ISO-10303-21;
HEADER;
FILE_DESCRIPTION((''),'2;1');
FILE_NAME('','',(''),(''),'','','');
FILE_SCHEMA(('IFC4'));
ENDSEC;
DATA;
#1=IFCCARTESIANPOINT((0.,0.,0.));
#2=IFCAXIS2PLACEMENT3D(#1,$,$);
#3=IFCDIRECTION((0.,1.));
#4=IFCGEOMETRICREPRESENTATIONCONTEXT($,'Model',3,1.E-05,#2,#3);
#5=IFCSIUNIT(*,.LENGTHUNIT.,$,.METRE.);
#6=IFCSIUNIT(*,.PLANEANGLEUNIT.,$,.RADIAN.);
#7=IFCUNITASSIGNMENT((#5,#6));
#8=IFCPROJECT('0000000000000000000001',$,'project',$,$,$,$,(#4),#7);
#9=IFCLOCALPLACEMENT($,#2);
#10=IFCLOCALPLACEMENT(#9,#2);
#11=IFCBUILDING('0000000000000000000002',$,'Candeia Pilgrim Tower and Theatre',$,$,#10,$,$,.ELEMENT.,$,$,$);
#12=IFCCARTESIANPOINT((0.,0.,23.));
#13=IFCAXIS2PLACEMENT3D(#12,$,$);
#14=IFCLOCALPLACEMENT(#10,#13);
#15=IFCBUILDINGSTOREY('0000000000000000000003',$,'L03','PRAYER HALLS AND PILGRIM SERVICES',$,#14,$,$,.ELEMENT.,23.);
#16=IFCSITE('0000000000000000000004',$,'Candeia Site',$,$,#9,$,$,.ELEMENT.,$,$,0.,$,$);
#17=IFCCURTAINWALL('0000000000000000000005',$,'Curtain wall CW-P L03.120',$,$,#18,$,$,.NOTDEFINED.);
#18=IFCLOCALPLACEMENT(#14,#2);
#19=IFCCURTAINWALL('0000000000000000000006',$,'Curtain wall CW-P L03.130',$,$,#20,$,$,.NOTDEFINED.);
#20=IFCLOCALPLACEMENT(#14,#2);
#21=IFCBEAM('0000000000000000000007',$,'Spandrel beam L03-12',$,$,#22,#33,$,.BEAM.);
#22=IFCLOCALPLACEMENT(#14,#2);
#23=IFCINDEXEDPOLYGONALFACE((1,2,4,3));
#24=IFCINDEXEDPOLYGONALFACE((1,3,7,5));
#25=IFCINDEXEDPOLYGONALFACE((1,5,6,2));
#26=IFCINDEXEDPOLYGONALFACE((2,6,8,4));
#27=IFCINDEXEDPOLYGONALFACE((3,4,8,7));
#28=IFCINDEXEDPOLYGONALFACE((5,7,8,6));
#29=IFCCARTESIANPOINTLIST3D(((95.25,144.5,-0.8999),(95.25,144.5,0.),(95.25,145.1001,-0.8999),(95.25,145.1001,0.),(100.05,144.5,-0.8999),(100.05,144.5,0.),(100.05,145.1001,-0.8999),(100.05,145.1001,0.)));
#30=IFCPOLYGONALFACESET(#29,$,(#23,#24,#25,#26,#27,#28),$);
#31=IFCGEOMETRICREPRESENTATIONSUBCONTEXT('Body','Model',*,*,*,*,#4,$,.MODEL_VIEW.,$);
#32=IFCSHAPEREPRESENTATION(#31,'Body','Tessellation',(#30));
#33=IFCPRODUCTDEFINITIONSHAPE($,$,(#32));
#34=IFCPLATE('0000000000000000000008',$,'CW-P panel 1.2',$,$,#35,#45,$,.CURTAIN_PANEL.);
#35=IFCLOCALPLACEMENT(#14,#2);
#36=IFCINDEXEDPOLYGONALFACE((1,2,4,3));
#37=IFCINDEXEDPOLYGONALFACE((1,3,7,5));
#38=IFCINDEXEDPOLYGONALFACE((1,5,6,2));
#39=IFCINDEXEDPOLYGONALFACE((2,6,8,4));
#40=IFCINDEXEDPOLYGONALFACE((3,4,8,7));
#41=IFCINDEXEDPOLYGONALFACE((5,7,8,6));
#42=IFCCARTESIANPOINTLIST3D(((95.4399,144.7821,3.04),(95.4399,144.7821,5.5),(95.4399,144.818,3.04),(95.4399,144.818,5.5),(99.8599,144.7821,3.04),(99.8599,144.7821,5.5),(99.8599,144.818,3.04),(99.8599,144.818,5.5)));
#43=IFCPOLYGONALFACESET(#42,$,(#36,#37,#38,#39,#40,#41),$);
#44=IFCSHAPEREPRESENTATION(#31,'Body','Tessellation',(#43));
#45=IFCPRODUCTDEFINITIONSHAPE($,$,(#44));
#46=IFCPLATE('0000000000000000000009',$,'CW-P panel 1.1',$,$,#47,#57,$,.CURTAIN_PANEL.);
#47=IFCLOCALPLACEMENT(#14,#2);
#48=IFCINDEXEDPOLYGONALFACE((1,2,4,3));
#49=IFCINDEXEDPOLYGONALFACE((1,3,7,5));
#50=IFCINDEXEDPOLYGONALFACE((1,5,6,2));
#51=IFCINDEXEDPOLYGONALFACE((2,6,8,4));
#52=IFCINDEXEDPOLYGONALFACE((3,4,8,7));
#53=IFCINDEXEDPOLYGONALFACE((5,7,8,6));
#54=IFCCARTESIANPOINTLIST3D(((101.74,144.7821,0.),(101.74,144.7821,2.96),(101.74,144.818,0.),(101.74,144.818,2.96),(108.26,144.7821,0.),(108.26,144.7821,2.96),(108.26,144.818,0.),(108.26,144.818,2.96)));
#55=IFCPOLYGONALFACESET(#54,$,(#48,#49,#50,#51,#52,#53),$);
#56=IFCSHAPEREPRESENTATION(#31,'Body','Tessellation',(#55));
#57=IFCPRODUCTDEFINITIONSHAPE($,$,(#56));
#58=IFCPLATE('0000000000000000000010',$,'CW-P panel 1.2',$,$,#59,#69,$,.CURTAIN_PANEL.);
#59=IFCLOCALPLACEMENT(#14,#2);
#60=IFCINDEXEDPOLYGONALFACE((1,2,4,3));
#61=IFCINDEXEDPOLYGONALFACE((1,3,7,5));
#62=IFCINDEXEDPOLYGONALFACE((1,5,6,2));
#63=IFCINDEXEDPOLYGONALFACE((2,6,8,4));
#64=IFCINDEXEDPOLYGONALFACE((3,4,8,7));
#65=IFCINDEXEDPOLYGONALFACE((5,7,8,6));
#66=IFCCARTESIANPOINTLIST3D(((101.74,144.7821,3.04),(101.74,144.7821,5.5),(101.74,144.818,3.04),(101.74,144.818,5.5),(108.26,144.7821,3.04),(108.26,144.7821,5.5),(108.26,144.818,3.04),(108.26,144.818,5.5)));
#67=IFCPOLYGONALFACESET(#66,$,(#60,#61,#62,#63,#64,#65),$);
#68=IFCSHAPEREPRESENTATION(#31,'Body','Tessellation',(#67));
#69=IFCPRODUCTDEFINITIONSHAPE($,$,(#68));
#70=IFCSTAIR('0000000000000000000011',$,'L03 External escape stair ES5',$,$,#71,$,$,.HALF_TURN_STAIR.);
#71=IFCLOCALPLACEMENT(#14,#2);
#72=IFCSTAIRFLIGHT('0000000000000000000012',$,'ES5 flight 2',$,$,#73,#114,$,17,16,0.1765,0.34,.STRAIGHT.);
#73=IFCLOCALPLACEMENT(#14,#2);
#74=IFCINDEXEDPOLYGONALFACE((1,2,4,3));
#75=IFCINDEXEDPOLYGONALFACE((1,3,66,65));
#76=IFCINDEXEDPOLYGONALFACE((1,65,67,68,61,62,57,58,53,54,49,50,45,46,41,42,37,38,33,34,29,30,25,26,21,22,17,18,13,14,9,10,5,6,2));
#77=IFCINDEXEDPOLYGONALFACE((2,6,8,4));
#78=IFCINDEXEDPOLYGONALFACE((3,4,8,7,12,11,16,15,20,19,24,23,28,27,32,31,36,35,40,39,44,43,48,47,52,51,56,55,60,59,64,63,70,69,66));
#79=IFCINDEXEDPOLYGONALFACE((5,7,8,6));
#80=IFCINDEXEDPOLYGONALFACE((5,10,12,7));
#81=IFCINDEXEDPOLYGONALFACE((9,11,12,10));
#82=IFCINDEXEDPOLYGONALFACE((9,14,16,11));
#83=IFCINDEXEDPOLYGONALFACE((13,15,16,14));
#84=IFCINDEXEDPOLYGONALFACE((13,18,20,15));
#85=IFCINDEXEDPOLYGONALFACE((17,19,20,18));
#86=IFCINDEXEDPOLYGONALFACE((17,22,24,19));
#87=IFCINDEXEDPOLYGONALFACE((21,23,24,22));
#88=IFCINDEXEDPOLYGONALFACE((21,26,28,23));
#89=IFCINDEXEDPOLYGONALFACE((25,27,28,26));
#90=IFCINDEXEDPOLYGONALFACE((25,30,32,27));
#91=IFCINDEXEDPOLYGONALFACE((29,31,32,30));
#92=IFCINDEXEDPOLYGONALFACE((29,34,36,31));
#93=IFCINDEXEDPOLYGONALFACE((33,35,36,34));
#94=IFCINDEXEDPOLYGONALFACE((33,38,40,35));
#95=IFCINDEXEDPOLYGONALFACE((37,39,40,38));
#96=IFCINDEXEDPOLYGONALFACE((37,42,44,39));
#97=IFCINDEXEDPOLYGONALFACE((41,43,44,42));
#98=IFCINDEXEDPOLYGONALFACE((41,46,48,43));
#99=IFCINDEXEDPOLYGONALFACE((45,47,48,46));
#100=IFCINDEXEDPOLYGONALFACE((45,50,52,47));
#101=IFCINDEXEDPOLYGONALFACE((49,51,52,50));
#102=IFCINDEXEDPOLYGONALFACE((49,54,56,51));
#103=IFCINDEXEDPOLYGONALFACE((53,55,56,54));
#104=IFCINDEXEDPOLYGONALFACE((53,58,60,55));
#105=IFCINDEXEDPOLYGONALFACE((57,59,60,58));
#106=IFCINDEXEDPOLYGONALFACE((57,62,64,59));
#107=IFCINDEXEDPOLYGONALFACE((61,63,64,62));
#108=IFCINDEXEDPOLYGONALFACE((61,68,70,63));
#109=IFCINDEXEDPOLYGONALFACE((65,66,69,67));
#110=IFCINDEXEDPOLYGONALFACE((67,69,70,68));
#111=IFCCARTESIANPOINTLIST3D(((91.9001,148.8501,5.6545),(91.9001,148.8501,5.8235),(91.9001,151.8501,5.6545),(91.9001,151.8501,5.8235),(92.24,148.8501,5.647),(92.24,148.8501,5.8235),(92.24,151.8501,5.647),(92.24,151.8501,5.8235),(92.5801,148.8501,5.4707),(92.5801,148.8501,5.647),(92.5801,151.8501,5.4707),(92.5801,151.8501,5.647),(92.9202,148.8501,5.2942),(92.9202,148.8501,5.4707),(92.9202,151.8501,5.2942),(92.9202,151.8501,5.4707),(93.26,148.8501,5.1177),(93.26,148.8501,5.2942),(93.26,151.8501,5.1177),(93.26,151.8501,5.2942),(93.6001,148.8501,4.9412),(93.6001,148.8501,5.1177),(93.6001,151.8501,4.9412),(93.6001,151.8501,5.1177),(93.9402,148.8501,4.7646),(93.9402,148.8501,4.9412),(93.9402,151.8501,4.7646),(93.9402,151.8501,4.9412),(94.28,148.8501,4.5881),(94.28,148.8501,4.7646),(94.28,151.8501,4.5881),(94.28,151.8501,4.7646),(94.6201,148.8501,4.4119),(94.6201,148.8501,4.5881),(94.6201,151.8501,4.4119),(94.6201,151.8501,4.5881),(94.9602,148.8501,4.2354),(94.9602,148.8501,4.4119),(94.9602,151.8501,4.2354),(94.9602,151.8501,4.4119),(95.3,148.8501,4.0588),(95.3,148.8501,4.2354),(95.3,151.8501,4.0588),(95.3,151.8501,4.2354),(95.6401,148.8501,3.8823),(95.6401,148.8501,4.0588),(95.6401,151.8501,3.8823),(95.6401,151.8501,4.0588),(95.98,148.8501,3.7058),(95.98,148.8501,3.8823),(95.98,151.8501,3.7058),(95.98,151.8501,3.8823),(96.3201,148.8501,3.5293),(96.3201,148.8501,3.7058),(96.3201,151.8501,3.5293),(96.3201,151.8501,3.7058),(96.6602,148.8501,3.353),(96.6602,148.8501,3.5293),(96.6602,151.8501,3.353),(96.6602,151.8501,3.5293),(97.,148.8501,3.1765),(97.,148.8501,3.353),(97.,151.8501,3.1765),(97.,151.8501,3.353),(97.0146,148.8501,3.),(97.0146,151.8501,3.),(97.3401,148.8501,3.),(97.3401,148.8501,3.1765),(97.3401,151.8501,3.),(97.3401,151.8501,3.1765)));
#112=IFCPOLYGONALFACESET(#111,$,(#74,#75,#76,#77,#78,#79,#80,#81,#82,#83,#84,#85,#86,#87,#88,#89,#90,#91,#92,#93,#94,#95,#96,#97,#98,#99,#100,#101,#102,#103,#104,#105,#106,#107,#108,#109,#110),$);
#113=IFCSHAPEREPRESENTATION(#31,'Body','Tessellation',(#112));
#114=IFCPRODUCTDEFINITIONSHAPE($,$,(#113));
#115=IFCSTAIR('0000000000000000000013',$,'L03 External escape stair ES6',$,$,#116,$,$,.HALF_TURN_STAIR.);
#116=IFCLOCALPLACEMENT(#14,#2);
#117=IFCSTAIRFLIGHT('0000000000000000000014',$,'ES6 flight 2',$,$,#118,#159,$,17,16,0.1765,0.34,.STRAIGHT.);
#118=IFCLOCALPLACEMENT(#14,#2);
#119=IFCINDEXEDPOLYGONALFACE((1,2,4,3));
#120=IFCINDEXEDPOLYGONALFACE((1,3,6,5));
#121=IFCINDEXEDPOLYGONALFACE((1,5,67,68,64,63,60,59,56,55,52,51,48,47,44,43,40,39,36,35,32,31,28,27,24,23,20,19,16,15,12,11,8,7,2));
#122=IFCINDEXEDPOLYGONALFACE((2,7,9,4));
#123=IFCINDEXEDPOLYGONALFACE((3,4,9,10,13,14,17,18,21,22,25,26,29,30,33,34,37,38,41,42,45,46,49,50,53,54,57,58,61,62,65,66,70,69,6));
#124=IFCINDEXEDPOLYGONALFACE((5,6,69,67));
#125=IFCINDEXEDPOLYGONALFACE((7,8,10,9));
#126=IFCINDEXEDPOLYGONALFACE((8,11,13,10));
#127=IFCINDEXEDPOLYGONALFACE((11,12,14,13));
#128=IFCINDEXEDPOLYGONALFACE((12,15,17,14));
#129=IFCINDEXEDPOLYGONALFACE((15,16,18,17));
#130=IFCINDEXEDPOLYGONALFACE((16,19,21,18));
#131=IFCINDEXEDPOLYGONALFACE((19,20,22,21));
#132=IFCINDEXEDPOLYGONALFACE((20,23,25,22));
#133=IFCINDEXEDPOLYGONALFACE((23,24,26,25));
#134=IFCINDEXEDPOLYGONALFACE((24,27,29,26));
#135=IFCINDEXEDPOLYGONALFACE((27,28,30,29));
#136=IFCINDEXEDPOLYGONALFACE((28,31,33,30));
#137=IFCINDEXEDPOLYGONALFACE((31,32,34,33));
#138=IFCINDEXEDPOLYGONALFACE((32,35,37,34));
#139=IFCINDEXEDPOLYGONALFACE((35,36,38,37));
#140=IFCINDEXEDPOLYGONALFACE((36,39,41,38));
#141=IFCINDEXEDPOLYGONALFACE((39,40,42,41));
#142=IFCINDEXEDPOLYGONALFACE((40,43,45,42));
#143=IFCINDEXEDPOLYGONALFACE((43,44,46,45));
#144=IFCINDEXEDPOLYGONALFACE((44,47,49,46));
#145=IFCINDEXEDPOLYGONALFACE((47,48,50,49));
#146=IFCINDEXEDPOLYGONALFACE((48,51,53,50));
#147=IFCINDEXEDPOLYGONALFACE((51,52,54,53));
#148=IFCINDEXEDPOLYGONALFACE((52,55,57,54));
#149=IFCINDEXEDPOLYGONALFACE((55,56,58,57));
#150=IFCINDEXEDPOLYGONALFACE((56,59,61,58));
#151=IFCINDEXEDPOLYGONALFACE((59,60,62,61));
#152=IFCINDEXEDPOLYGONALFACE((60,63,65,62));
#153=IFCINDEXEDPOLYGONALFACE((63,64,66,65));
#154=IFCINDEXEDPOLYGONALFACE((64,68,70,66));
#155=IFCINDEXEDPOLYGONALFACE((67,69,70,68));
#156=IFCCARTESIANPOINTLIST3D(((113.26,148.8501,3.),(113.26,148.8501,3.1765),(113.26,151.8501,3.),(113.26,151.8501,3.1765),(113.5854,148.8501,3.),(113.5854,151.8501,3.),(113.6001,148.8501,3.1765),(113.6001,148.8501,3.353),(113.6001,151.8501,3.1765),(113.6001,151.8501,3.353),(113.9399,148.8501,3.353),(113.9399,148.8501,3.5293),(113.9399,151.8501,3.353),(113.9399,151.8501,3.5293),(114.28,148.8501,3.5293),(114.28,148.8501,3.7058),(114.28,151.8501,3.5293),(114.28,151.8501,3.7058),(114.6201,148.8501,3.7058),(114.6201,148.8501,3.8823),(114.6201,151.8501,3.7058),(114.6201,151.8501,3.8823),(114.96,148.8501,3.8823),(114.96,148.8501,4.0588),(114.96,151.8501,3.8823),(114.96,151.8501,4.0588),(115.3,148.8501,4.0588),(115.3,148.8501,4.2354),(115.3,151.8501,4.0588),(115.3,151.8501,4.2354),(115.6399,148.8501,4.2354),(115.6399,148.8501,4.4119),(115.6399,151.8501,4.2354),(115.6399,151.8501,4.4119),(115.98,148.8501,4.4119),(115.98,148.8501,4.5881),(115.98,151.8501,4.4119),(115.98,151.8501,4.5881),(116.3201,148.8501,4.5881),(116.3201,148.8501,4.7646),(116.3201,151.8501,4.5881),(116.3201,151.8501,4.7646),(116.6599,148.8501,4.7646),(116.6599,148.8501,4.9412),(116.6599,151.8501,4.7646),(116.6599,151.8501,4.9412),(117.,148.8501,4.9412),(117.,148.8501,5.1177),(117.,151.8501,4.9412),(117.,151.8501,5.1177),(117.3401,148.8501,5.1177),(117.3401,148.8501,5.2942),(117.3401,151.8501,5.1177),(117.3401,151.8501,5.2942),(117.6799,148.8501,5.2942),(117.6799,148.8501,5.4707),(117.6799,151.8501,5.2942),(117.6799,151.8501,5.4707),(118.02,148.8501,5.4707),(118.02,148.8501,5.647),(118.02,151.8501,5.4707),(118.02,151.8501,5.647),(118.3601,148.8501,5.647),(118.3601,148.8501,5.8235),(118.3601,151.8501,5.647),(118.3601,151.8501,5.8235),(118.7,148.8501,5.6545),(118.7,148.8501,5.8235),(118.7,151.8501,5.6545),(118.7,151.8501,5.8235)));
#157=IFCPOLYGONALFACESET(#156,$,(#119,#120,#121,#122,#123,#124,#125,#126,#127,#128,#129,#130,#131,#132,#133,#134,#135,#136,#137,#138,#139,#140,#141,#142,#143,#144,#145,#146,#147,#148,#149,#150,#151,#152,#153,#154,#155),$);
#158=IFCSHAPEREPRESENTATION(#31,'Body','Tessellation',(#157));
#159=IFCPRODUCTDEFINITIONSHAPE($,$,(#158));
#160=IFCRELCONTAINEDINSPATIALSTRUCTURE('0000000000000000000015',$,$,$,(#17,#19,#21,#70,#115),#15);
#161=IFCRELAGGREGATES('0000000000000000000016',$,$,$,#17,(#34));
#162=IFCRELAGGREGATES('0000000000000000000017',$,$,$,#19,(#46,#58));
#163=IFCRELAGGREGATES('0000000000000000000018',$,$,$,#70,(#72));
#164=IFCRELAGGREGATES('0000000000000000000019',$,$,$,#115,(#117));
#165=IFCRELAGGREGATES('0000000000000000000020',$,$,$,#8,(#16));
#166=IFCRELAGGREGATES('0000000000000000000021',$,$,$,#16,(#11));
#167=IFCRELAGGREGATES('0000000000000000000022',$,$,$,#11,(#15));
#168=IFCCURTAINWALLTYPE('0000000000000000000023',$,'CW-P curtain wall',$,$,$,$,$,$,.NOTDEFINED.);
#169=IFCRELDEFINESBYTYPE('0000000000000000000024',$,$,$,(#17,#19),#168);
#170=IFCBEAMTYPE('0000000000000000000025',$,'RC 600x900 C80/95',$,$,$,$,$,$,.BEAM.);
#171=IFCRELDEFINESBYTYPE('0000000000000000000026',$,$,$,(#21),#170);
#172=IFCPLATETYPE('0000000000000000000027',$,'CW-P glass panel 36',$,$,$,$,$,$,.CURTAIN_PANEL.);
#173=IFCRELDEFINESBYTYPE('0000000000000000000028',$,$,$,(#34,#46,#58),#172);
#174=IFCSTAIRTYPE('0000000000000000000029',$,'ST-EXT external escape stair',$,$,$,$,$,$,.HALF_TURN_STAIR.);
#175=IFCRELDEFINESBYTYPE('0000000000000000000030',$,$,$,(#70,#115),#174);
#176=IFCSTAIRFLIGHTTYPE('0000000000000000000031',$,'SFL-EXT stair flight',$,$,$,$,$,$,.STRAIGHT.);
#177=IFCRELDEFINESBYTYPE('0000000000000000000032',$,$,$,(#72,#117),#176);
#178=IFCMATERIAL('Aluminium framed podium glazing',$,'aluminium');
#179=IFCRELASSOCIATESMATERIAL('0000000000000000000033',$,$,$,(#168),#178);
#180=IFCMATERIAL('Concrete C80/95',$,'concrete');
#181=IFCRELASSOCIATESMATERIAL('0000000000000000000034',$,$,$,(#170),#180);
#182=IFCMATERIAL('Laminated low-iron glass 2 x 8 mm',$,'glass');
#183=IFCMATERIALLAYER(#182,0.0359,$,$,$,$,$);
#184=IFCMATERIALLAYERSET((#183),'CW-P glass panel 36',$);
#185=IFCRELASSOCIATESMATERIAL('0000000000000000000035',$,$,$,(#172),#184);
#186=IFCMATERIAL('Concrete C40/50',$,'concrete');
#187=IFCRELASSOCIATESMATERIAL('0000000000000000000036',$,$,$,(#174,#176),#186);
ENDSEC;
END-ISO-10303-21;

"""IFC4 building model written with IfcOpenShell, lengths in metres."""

from ifc_helpers import new_model, si_unit, direction, frame, origin, origin_2d, place, context, subcontext, project, spatial, polyline, rectangle, outline, extrude, material, layer, layer_set, material_profile, profile_set, type_object, element, aggregate, save


model = new_model("IFC4")

# Units and contexts
model_context = context("Model", 3, precision=1e-05, world=origin(), true_north=direction((0.0, 1.0)))
body_context = subcontext(model_context, "Body", "Model", "MODEL_VIEW")
ifc_project = project(units=[si_unit("LENGTHUNIT", "METRE"), si_unit("PLANEANGLEUNIT", "RADIAN")], contexts=[model_context])

# Site, building, storey
site_placement = place(None, origin())
site = spatial("IfcSite", under=ifc_project, at=site_placement, Name="Candeia Site", CompositionType="ELEMENT", RefElevation=0.0)
building_placement = place(site_placement, origin())
building = spatial("IfcBuilding", under=site, at=building_placement, Name="Candeia Pilgrim Tower and Theatre", CompositionType="ELEMENT")
storey_placement = place(building_placement, frame((0.0, 0.0, 23.0)))
storey = spatial("IfcBuildingStorey", under=building, at=storey_placement, Name="L03", Description="PRAYER HALLS AND PILGRIM SERVICES", CompositionType="ELEMENT", Elevation=23.0)

# Shared definitions
ifc_material_1 = material(Name="Concrete C40/50", Category="concrete")
ifc_material_2 = material(Name="Concrete C80/95", Category="concrete")

# Curtain wall
ifc_material_3 = material(Name="Aluminium framed podium glazing", Category="aluminium")
curtain_wall_type = type_object("IfcCurtainWallType", Name="CW-P curtain wall", PredefinedType="NOTDEFINED", material=ifc_material_3)
curtain_wall_1_placement = place(storey_placement, origin())
curtain_wall_1 = element("IfcCurtainWall", 1, at=curtain_wall_1_placement, inside=storey, type_object=curtain_wall_type, Name="Curtain wall CW-P L03.120", PredefinedType="NOTDEFINED")

# Curtain wall
curtain_wall_2_placement = place(storey_placement, origin())
curtain_wall_2 = element("IfcCurtainWall", 2, at=curtain_wall_2_placement, inside=storey, type_object=curtain_wall_type, Name="Curtain wall CW-P L03.130", PredefinedType="NOTDEFINED")

# Beam
ifc_material_profile_1 = material_profile(ifc_material_2, rectangle(XDim=0.6001, YDim=0.8999, at=origin_2d()))
ifc_profile_set_1 = profile_set([ifc_material_profile_1], Name="Concrete C80/95")
beam_type = type_object("IfcBeamType", Name="RC 600x900 C80/95", PredefinedType="BEAM", material=ifc_profile_set_1)
beam_1_placement = place(storey_placement, frame((100.05, 144.8, -0.45), z_axis=(-1.0, 0.0, 0.0), x_axis=(0.0, -1.0, 0.0)))
element("IfcBeam", 3, at=beam_1_placement, inside=storey, type_object=beam_type, Name="Spandrel beam L03-12", PredefinedType="BEAM", context=body_context, shape_type="SweptSolid", body=[
    extrude(rectangle(XDim=0.6001, YDim=0.8999, at=origin_2d()), origin(), (0.0, 0.0, 1.0), 4.8),
])

# Plates
ifc_material_4 = material(Name="Laminated low-iron glass 2 x 8 mm", Category="glass")
ifc_layer = layer(ifc_material_4, 0.0359)
ifc_layer_set = layer_set([ifc_layer], Name="CW-P glass panel 36")
plate_type = type_object("IfcPlateType", Name="CW-P glass panel 36", PredefinedType="CURTAIN_PANEL", material=ifc_layer_set)
plate_1_placement = place(storey_placement, frame((97.6499, 144.8, 3.04), z_axis=(0.0, 0.0, 1.0), x_axis=(1.0, 0.0, 0.0)))
plate_1 = element("IfcPlate", 4, at=plate_1_placement, type_object=plate_type, Name="CW-P panel 1.2", PredefinedType="CURTAIN_PANEL", context=body_context, shape_type="SweptSolid", body=[
    extrude(rectangle(XDim=4.4199, YDim=0.0359, at=origin_2d()), origin(), (0.0, 0.0, 1.0), 2.46),
])
aggregate(curtain_wall_1, [plate_1])
plate_2_placement = place(storey_placement, frame((105.0, 144.8, 0.0), z_axis=(0.0, 0.0, 1.0), x_axis=(1.0, 0.0, 0.0)))
plate_2 = element("IfcPlate", 5, at=plate_2_placement, type_object=plate_type, Name="CW-P panel 1.1", PredefinedType="CURTAIN_PANEL", context=body_context, shape_type="SweptSolid", body=[
    extrude(rectangle(XDim=6.52, YDim=0.0359, at=origin_2d()), origin(), (0.0, 0.0, 1.0), 2.96),
])
plate_3_placement = place(storey_placement, frame((105.0, 144.8, 3.04), z_axis=(0.0, 0.0, 1.0), x_axis=(1.0, 0.0, 0.0)))
plate_3 = element("IfcPlate", 6, at=plate_3_placement, type_object=plate_type, Name="CW-P panel 1.2", PredefinedType="CURTAIN_PANEL", context=body_context, shape_type="SweptSolid", body=[
    extrude(rectangle(XDim=6.52, YDim=0.0359, at=origin_2d()), origin(), (0.0, 0.0, 1.0), 2.46),
])
aggregate(curtain_wall_2, [plate_2, plate_3])

# Stairs, stair flights
stair_type = type_object("IfcStairType", Name="ST-EXT external escape stair", PredefinedType="HALF_TURN_STAIR", material=ifc_material_1)
stair_1_placement = place(storey_placement, origin())
stair_1 = element("IfcStair", 7, at=stair_1_placement, inside=storey, type_object=stair_type, Name="L03 External escape stair ES5", PredefinedType="HALF_TURN_STAIR")
stair_flight_type = type_object("IfcStairFlightType", Name="SFL-EXT stair flight", PredefinedType="STRAIGHT", material=ifc_material_1)
stair_flight_1_placement = place(storey_placement, frame((97.3401, 150.3501, 3.0), z_axis=(0.0, 0.0, 1.0), x_axis=(-1.0, 0.0, 0.0)))
stair_flight_1 = element("IfcStairFlight", 8, at=stair_flight_1_placement, type_object=stair_flight_type, Name="ES5 flight 2", NumberOfRisers=17, NumberOfTreads=16, PredefinedType="STRAIGHT", RiserHeight=0.1765, TreadLength=0.34, context=body_context, shape_type="SweptSolid", body=[
    extrude(outline(polyline([(0.0, 0.0), (0.0, 0.1765), (0.3401, 0.1765), (0.3401, 0.353), (0.6799, 0.353), (0.6799, 0.5293), (1.02, 0.5293), (1.02, 0.7058), (1.3601, 0.7058), (1.3601, 0.8823), (1.7, 0.8823), (1.7, 1.0588), (2.04, 1.0588), (2.04, 1.2354), (2.3799, 1.2354), (2.3799, 1.4119), (2.72, 1.4119), (2.72, 1.5881), (3.0601, 1.5881), (3.0601, 1.7646), (3.3999, 1.7646), (3.3999, 1.9412), (3.74, 1.9412), (3.74, 2.1177), (4.0801, 2.1177), (4.0801, 2.2942), (4.4199, 2.2942), (4.4199, 2.4707), (4.76, 2.4707), (4.76, 2.647), (5.1001, 2.647), (5.1001, 2.8235), (5.4399, 2.8235), (5.4399, 3.0), (5.4399, 2.6545), (0.3254, 0.0), (0.0, 0.0)])), frame((0.0, 1.5, 0.0), z_axis=(0.0, -1.0, 0.0), x_axis=(1.0, 0.0, 0.0)), (0.0, 0.0, 1.0), 3.0),
])
aggregate(stair_1, [stair_flight_1])
stair_2_placement = place(storey_placement, origin())
stair_2 = element("IfcStair", 9, at=stair_2_placement, inside=storey, type_object=stair_type, Name="L03 External escape stair ES6", PredefinedType="HALF_TURN_STAIR")
stair_flight_2_placement = place(storey_placement, frame((113.26, 150.3501, 3.0), z_axis=(0.0, 0.0, 1.0), x_axis=(1.0, 0.0, 0.0)))
stair_flight_2 = element("IfcStairFlight", 10, at=stair_flight_2_placement, type_object=stair_flight_type, Name="ES6 flight 2", NumberOfRisers=17, NumberOfTreads=16, PredefinedType="STRAIGHT", RiserHeight=0.1765, TreadLength=0.34, context=body_context, shape_type="SweptSolid", body=[
    extrude(outline(polyline([(0.0, 0.0), (0.0, 0.1765), (0.3401, 0.1765), (0.3401, 0.353), (0.6799, 0.353), (0.6799, 0.5293), (1.02, 0.5293), (1.02, 0.7058), (1.3601, 0.7058), (1.3601, 0.8823), (1.7, 0.8823), (1.7, 1.0588), (2.04, 1.0588), (2.04, 1.2354), (2.3799, 1.2354), (2.3799, 1.4119), (2.72, 1.4119), (2.72, 1.5881), (3.0601, 1.5881), (3.0601, 1.7646), (3.3999, 1.7646), (3.3999, 1.9412), (3.74, 1.9412), (3.74, 2.1177), (4.0801, 2.1177), (4.0801, 2.2942), (4.4199, 2.2942), (4.4199, 2.4707), (4.76, 2.4707), (4.76, 2.647), (5.1001, 2.647), (5.1001, 2.8235), (5.4399, 2.8235), (5.4399, 3.0), (5.4399, 2.6545), (0.3254, 0.0), (0.0, 0.0)])), frame((0.0, 1.5, 0.0), z_axis=(0.0, -1.0, 0.0), x_axis=(1.0, 0.0, 0.0)), (0.0, 0.0, 1.0), 3.0),
])
aggregate(stair_2, [stair_flight_2])

save(model, "model.ifc")
